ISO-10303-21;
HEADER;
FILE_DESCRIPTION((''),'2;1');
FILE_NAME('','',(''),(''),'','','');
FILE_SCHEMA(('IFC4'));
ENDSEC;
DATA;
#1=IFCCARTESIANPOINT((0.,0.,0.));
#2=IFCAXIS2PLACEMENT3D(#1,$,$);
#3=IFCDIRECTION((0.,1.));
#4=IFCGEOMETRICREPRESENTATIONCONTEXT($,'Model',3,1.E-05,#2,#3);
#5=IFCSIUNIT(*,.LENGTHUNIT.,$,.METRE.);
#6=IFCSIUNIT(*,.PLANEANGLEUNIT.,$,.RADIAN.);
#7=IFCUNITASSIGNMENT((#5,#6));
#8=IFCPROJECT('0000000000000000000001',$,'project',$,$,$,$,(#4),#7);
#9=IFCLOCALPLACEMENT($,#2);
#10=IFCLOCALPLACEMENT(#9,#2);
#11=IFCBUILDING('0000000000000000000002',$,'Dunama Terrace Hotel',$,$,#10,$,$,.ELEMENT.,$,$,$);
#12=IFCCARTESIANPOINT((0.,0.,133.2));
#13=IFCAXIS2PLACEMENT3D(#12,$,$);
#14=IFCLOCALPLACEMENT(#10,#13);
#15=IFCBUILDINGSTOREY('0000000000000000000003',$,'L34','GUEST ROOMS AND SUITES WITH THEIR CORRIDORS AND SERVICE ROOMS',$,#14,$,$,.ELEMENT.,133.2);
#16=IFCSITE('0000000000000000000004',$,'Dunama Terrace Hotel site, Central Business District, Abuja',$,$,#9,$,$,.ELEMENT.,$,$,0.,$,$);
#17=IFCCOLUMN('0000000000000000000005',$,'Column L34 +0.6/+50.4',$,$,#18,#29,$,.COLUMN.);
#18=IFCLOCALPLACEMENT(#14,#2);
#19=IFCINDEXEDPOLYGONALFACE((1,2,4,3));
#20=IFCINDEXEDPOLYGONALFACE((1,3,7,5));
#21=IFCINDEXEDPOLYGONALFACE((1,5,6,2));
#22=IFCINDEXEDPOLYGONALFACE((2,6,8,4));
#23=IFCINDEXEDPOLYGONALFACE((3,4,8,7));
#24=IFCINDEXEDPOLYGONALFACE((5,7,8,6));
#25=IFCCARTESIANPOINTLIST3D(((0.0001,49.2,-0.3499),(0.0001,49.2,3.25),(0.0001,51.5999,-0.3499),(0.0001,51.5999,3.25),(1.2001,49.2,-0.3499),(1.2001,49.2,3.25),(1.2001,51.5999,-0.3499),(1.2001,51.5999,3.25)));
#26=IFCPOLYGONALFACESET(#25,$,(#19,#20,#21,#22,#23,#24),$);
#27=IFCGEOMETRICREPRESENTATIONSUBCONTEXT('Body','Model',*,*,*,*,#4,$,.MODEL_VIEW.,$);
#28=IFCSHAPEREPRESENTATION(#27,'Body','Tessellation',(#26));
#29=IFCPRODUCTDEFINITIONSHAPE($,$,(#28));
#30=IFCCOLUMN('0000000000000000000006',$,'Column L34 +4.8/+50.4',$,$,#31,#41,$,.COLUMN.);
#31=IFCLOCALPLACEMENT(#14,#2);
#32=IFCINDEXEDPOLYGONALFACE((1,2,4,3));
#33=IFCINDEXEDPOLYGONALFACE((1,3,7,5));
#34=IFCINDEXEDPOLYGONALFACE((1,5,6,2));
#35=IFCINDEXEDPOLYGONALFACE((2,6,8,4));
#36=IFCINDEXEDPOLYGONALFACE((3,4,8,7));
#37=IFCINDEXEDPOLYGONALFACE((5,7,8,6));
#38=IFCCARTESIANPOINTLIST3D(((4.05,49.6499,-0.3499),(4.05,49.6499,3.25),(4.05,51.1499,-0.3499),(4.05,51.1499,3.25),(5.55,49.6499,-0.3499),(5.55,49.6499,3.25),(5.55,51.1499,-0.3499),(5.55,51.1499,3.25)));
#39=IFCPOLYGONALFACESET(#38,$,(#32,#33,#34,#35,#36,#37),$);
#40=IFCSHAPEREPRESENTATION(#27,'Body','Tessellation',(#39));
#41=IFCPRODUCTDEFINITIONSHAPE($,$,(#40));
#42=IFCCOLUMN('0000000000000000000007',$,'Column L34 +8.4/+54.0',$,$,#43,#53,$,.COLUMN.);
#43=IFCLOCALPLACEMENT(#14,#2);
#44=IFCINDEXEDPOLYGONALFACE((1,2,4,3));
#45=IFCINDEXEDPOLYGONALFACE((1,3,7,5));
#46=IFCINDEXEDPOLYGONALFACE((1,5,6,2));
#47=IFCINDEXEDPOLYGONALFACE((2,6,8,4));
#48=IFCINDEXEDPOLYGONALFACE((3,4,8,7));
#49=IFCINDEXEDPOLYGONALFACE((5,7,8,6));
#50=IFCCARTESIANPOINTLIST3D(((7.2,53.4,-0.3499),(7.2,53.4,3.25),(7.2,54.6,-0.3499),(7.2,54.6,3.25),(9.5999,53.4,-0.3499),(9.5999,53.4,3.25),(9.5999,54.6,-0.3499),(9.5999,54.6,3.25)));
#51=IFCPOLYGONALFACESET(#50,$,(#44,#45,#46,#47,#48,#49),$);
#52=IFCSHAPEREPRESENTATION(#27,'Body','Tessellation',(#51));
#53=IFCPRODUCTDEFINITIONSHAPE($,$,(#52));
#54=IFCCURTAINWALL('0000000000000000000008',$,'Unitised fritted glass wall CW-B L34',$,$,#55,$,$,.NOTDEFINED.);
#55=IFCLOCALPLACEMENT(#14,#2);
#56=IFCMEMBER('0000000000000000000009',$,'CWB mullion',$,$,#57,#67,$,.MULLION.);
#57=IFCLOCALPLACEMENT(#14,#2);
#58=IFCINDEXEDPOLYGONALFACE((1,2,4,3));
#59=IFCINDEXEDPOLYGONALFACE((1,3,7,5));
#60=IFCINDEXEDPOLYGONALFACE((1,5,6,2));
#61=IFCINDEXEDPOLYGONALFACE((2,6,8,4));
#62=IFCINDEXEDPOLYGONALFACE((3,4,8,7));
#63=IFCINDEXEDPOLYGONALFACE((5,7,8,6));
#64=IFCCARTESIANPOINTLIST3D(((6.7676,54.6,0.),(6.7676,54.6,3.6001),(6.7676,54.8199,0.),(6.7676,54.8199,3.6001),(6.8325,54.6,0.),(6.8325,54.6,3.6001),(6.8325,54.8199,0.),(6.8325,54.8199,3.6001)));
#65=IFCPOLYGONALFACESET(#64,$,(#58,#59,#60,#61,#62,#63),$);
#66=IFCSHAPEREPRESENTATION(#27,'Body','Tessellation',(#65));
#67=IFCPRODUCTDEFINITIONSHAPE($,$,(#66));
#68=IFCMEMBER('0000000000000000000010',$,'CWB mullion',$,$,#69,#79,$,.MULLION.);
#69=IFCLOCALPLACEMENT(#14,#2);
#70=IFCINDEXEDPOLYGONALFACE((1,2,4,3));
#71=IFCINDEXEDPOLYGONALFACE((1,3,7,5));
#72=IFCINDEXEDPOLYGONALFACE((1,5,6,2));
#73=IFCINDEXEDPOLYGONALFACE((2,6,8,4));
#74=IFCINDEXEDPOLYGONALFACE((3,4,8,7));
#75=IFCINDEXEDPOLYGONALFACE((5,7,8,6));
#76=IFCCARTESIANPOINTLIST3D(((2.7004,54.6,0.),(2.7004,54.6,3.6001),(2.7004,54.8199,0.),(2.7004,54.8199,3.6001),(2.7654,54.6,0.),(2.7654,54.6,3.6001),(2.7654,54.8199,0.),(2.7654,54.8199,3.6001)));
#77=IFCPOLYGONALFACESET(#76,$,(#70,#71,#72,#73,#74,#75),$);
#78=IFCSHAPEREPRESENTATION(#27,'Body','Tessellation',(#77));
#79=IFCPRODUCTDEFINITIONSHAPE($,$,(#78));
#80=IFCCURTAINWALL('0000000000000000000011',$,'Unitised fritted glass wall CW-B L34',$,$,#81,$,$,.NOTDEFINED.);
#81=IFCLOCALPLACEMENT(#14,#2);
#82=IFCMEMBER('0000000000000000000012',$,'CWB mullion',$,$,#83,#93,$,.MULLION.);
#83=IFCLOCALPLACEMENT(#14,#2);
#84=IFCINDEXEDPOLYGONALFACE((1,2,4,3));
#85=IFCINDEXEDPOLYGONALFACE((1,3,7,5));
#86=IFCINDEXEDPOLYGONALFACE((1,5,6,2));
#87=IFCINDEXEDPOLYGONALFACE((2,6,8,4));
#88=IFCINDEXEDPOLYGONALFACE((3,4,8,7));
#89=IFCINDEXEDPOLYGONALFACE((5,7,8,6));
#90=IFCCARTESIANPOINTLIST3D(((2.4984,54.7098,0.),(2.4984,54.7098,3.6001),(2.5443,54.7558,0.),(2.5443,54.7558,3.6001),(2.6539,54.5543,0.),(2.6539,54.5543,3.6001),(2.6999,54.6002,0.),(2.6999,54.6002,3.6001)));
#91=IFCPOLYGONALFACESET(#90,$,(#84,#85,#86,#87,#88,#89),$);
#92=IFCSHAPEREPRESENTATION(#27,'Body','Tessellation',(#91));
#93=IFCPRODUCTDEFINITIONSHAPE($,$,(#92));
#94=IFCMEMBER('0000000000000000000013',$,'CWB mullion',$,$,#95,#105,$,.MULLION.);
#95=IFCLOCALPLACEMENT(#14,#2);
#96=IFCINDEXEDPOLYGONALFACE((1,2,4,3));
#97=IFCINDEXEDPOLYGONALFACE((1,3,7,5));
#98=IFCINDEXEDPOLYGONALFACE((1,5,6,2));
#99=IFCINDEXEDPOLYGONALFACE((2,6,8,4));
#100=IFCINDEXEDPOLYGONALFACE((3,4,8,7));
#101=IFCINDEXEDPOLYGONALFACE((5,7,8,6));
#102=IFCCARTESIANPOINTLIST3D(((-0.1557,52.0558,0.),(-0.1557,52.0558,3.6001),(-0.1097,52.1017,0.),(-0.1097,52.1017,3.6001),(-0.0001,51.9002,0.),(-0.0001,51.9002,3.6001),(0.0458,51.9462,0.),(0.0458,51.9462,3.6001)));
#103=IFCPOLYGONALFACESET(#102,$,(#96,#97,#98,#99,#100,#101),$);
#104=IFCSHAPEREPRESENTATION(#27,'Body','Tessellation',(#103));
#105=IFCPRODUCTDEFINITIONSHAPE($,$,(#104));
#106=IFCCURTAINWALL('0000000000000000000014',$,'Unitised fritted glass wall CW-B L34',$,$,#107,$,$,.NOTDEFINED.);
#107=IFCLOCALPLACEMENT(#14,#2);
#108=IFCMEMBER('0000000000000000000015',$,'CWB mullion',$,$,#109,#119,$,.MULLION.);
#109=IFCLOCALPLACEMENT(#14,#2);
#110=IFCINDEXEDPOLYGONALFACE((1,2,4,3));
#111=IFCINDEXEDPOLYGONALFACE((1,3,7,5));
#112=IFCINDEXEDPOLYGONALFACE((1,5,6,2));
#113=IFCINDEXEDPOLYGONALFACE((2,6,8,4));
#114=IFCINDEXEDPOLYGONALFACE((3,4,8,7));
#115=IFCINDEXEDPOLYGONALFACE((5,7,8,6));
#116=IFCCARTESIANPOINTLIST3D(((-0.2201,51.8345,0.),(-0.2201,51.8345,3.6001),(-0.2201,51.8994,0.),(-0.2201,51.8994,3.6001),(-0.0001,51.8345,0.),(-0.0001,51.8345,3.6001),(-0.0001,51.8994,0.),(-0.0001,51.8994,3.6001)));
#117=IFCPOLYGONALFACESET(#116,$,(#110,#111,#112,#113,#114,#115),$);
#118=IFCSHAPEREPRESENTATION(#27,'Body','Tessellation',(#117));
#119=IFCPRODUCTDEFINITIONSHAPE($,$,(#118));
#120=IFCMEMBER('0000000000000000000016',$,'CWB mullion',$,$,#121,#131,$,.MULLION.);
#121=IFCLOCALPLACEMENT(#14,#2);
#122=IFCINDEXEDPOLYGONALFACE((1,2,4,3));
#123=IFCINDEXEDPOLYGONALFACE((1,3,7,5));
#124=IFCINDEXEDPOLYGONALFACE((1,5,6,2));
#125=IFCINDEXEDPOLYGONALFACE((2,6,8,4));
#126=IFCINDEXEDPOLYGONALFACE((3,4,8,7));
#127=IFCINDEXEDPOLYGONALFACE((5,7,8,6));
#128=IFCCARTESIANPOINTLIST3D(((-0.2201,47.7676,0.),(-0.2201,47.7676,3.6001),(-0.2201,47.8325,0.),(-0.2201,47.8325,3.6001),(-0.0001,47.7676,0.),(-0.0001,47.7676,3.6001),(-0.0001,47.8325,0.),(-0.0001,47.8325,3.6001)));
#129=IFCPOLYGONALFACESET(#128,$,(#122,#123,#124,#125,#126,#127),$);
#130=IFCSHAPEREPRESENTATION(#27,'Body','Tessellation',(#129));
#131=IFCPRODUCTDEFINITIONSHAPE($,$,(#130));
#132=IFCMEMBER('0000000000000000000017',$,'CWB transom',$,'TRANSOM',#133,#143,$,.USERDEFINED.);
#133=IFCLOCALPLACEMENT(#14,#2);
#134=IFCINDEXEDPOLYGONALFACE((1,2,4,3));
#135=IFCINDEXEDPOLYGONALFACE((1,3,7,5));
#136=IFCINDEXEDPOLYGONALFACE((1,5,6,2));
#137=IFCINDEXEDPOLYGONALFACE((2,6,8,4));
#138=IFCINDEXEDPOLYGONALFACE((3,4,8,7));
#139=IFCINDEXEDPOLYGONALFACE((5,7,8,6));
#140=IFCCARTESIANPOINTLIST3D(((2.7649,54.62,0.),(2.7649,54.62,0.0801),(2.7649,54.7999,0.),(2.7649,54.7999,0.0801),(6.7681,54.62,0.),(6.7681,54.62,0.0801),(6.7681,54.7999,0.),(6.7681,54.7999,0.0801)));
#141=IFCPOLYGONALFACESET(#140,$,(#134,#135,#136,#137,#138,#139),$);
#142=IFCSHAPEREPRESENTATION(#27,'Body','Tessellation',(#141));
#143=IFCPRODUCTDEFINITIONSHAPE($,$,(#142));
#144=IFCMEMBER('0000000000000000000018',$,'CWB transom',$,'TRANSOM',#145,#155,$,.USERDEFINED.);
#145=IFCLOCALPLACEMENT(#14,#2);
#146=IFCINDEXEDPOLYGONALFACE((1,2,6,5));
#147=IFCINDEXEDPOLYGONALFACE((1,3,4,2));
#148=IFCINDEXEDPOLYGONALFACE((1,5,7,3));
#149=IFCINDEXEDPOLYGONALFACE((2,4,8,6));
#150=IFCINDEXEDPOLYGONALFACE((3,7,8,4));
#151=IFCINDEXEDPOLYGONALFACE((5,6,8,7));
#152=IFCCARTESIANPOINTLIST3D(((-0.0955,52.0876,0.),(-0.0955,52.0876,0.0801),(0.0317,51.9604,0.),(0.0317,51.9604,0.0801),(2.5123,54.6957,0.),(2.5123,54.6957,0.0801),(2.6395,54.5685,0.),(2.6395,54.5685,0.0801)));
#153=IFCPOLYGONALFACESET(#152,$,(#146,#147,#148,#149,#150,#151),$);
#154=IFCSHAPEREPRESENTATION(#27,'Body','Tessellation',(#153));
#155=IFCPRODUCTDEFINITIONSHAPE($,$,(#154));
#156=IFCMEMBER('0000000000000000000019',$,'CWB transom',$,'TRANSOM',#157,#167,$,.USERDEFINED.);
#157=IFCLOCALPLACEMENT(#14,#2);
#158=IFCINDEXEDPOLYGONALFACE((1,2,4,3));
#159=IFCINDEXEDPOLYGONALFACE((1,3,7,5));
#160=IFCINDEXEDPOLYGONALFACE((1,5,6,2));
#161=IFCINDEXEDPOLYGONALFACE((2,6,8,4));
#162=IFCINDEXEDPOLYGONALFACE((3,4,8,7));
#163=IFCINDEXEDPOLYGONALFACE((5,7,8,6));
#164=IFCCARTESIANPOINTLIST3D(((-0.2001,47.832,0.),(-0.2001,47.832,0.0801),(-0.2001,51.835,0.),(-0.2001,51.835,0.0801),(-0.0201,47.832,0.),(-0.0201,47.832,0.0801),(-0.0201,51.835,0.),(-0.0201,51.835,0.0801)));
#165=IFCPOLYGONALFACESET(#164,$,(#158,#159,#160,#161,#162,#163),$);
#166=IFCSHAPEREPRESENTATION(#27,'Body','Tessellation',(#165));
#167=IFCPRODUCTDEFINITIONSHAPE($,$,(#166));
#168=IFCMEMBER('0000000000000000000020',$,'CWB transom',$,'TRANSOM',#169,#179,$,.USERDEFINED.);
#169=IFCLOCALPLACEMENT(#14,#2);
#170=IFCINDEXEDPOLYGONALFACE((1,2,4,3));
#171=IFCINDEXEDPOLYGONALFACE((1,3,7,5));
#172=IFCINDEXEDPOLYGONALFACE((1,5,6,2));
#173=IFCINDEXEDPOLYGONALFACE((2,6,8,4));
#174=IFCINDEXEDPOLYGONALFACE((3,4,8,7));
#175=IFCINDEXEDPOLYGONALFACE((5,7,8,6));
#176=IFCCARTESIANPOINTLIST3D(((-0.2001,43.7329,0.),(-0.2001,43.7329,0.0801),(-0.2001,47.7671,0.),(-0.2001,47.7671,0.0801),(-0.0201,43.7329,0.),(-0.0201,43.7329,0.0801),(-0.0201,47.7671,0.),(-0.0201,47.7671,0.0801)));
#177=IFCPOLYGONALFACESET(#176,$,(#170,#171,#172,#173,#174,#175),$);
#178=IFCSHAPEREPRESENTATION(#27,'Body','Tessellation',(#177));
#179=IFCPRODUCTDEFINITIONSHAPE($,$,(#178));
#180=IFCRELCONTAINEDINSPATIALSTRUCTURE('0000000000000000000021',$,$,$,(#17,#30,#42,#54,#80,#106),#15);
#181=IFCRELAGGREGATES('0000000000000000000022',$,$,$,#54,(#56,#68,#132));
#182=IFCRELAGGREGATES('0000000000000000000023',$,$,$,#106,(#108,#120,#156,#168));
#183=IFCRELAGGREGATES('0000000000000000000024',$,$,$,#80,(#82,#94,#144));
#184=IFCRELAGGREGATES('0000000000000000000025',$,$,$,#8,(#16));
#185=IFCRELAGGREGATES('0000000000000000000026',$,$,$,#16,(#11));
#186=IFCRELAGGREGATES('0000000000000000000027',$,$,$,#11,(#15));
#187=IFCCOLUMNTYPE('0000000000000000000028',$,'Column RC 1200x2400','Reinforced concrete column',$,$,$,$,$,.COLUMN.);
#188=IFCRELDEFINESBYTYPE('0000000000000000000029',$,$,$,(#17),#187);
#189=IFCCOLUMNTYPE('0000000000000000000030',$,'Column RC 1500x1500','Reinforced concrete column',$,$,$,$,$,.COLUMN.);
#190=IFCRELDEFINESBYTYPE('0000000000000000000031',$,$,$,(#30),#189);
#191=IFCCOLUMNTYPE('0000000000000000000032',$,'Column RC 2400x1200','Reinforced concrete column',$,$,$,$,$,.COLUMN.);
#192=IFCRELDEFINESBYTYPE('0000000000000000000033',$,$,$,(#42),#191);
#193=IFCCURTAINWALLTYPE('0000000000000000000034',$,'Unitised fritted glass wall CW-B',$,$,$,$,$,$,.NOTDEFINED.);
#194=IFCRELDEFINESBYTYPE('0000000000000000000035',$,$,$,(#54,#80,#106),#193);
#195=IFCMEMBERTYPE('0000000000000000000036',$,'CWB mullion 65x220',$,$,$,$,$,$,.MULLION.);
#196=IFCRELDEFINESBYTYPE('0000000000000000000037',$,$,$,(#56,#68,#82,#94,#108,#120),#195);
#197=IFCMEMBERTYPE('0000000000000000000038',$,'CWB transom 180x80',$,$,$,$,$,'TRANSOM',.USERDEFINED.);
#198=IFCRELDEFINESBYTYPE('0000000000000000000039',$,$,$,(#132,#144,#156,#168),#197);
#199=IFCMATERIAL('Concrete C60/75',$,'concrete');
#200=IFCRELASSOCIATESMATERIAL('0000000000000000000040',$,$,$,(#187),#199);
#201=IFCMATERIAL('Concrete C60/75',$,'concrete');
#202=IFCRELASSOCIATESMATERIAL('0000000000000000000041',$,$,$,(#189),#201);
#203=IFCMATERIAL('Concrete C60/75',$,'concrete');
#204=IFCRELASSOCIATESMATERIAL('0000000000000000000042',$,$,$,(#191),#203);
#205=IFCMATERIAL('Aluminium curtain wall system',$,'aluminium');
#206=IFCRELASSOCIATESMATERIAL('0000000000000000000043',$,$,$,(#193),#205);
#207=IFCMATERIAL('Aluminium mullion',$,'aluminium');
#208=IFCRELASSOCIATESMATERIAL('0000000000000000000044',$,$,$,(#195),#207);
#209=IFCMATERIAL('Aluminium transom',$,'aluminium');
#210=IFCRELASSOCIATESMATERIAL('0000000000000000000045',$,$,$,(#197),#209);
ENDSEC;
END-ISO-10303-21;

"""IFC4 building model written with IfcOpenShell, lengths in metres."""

from ifc_helpers import new_model, si_unit, direction, frame, origin, origin_2d, place, context, subcontext, project, spatial, rectangle, extrude, material, material_profile, profile_set, type_object, element, aggregate, save


model = new_model("IFC4")

# Units and contexts
model_context = context("Model", 3, precision=1e-05, world=origin(), true_north=direction((0.0, 1.0)))
body_context = subcontext(model_context, "Body", "Model", "MODEL_VIEW")
ifc_project = project(units=[si_unit("LENGTHUNIT", "METRE"), si_unit("PLANEANGLEUNIT", "RADIAN")], contexts=[model_context])

# Site, building, storey
site_placement = place(None, origin())
site = spatial("IfcSite", under=ifc_project, at=site_placement, Name="Dunama Terrace Hotel site, Central Business District, Abuja", CompositionType="ELEMENT", RefElevation=0.0)
building_placement = place(site_placement, origin())
building = spatial("IfcBuilding", under=site, at=building_placement, Name="Dunama Terrace Hotel", CompositionType="ELEMENT")
storey_placement = place(building_placement, frame((0.0, 0.0, 133.2)))
storey = spatial("IfcBuildingStorey", under=building, at=storey_placement, Name="L34", Description="GUEST ROOMS AND SUITES WITH THEIR CORRIDORS AND SERVICE ROOMS", CompositionType="ELEMENT", Elevation=133.2)

# Columns
ifc_material_1 = material(Name="Concrete C60/75", Category="concrete")
ifc_material_profile_1 = material_profile(ifc_material_1, rectangle(XDim=1.2, YDim=2.3999, at=origin_2d()), Name="RC 1200x2400")
ifc_profile_set_1 = profile_set([ifc_material_profile_1], Name="Concrete C60/75")
column_type_1 = type_object("IfcColumnType", Name="Column RC 1200x2400", Description="Reinforced concrete column", PredefinedType="COLUMN", material=ifc_profile_set_1)
column_1_placement = place(storey_placement, frame((0.6001, 50.3999, -0.3499), z_axis=(0.0, 0.0, 1.0), x_axis=(1.0, 0.0, 0.0)))
element("IfcColumn", 1, at=column_1_placement, inside=storey, type_object=column_type_1, Name="Column L34 +0.6/+50.4", PredefinedType="COLUMN", context=body_context, shape_type="SweptSolid", body=[
    extrude(rectangle(XDim=1.2, YDim=2.3999, at=origin_2d()), origin(), (0.0, 0.0, 1.0), 3.5999),
])
ifc_material_2 = material(Name="Concrete C60/75", Category="concrete")
ifc_material_profile_2 = material_profile(ifc_material_2, rectangle(XDim=1.5, YDim=1.5, at=origin_2d()), Name="RC 1500x1500")
ifc_profile_set_2 = profile_set([ifc_material_profile_2], Name="Concrete C60/75")
column_type_2 = type_object("IfcColumnType", Name="Column RC 1500x1500", Description="Reinforced concrete column", PredefinedType="COLUMN", material=ifc_profile_set_2)
column_2_placement = place(storey_placement, frame((4.8, 50.3999, -0.3499), z_axis=(0.0, 0.0, 1.0), x_axis=(1.0, 0.0, 0.0)))
element("IfcColumn", 2, at=column_2_placement, inside=storey, type_object=column_type_2, Name="Column L34 +4.8/+50.4", PredefinedType="COLUMN", context=body_context, shape_type="SweptSolid", body=[
    extrude(rectangle(XDim=1.5, YDim=1.5, at=origin_2d()), origin(), (0.0, 0.0, 1.0), 3.5999),
])
ifc_material_3 = material(Name="Concrete C60/75", Category="concrete")
ifc_material_profile_3 = material_profile(ifc_material_3, rectangle(XDim=2.3999, YDim=1.2, at=origin_2d()), Name="RC 2400x1200")
ifc_profile_set_3 = profile_set([ifc_material_profile_3], Name="Concrete C60/75")
column_type_3 = type_object("IfcColumnType", Name="Column RC 2400x1200", Description="Reinforced concrete column", PredefinedType="COLUMN", material=ifc_profile_set_3)
column_3_placement = place(storey_placement, frame((8.3999, 54.0, -0.3499), z_axis=(0.0, 0.0, 1.0), x_axis=(1.0, 0.0, 0.0)))
element("IfcColumn", 3, at=column_3_placement, inside=storey, type_object=column_type_3, Name="Column L34 +8.4/+54.0", PredefinedType="COLUMN", context=body_context, shape_type="SweptSolid", body=[
    extrude(rectangle(XDim=2.3999, YDim=1.2, at=origin_2d()), origin(), (0.0, 0.0, 1.0), 3.5999),
])

# Curtain walls, members
ifc_material_4 = material(Name="Aluminium curtain wall system", Category="aluminium")
curtain_wall_type = type_object("IfcCurtainWallType", Name="Unitised fritted glass wall CW-B", PredefinedType="NOTDEFINED", material=ifc_material_4)
curtain_wall_1_placement = place(storey_placement, origin())
curtain_wall_1 = element("IfcCurtainWall", 4, at=curtain_wall_1_placement, inside=storey, type_object=curtain_wall_type, Name="Unitised fritted glass wall CW-B L34", PredefinedType="NOTDEFINED")
ifc_material_5 = material(Name="Aluminium mullion", Category="aluminium")
ifc_material_profile_4 = material_profile(ifc_material_5, rectangle(XDim=0.0649, YDim=0.22, at=origin_2d()), Name="CWB MULLION 65X220")
ifc_profile_set_4 = profile_set([ifc_material_profile_4], Name="Aluminium mullion")
member_type_1 = type_object("IfcMemberType", Name="CWB mullion 65x220", PredefinedType="MULLION", material=ifc_profile_set_4)
member_1_placement = place(storey_placement, frame((6.8, 54.71, 0.0), z_axis=(0.0, 0.0, 1.0), x_axis=(-1.0, 0.0, 0.0)))
member_1 = element("IfcMember", 5, at=member_1_placement, type_object=member_type_1, Name="CWB mullion", PredefinedType="MULLION", context=body_context, shape_type="SweptSolid", body=[
    extrude(rectangle(XDim=0.0649, YDim=0.22, at=origin_2d()), origin(), (0.0, 0.0, 1.0), 3.6001),
])
member_2_placement = place(storey_placement, frame((2.7329, 54.71, 0.0), z_axis=(0.0, 0.0, 1.0), x_axis=(-1.0, 0.0, 0.0)))
member_2 = element("IfcMember", 6, at=member_2_placement, type_object=member_type_1, Name="CWB mullion", PredefinedType="MULLION", context=body_context, shape_type="SweptSolid", body=[
    extrude(rectangle(XDim=0.0649, YDim=0.22, at=origin_2d()), origin(), (0.0, 0.0, 1.0), 3.6001),
])
curtain_wall_2_placement = place(storey_placement, origin())
curtain_wall_2 = element("IfcCurtainWall", 7, at=curtain_wall_2_placement, inside=storey, type_object=curtain_wall_type, Name="Unitised fritted glass wall CW-B L34", PredefinedType="NOTDEFINED")
member_3_placement = place(storey_placement, frame((2.5991, 54.655, 0.0), z_axis=(0.0, 0.0, 1.0), x_axis=(-0.707107, -0.707107, 0.0)))
member_3 = element("IfcMember", 8, at=member_3_placement, type_object=member_type_1, Name="CWB mullion", PredefinedType="MULLION", context=body_context, shape_type="SweptSolid", body=[
    extrude(rectangle(XDim=0.0649, YDim=0.22, at=origin_2d()), origin(), (0.0, 0.0, 1.0), 3.6001),
])
member_4_placement = place(storey_placement, frame((-0.0549, 52.001, 0.0), z_axis=(0.0, 0.0, 1.0), x_axis=(-0.707107, -0.707107, 0.0)))
member_4 = element("IfcMember", 9, at=member_4_placement, type_object=member_type_1, Name="CWB mullion", PredefinedType="MULLION", context=body_context, shape_type="SweptSolid", body=[
    extrude(rectangle(XDim=0.0649, YDim=0.22, at=origin_2d()), origin(), (0.0, 0.0, 1.0), 3.6001),
])
curtain_wall_3_placement = place(storey_placement, origin())
curtain_wall_3 = element("IfcCurtainWall", 10, at=curtain_wall_3_placement, inside=storey, type_object=curtain_wall_type, Name="Unitised fritted glass wall CW-B L34", PredefinedType="NOTDEFINED")
member_5_placement = place(storey_placement, frame((-0.1101, 51.8669, 0.0), z_axis=(0.0, 0.0, 1.0), x_axis=(0.0, -1.0, 0.0)))
member_5 = element("IfcMember", 11, at=member_5_placement, type_object=member_type_1, Name="CWB mullion", PredefinedType="MULLION", context=body_context, shape_type="SweptSolid", body=[
    extrude(rectangle(XDim=0.0649, YDim=0.22, at=origin_2d()), origin(), (0.0, 0.0, 1.0), 3.6001),
])
member_6_placement = place(storey_placement, frame((-0.1101, 47.8, 0.0), z_axis=(0.0, 0.0, 1.0), x_axis=(0.0, -1.0, 0.0)))
member_6 = element("IfcMember", 12, at=member_6_placement, type_object=member_type_1, Name="CWB mullion", PredefinedType="MULLION", context=body_context, shape_type="SweptSolid", body=[
    extrude(rectangle(XDim=0.0649, YDim=0.22, at=origin_2d()), origin(), (0.0, 0.0, 1.0), 3.6001),
])

# Members
ifc_material_6 = material(Name="Aluminium transom", Category="aluminium")
ifc_material_profile_5 = material_profile(ifc_material_6, rectangle(XDim=0.1799, YDim=0.0801, at=origin_2d()), Name="CWB TRANSOM 180X80")
ifc_profile_set_5 = profile_set([ifc_material_profile_5], Name="Aluminium transom")
member_type_2 = type_object("IfcMemberType", Name="CWB transom 180x80", ElementType="TRANSOM", PredefinedType="USERDEFINED", material=ifc_profile_set_5)
member_7_placement = place(storey_placement, frame((6.7681, 54.71, 0.04), z_axis=(-1.0, 0.0, 0.0), x_axis=(0.0, -1.0, 0.0)))
member_7 = element("IfcMember", 13, at=member_7_placement, type_object=member_type_2, Name="CWB transom", ObjectType="TRANSOM", PredefinedType="USERDEFINED", context=body_context, shape_type="SweptSolid", body=[
    extrude(rectangle(XDim=0.1799, YDim=0.0801, at=origin_2d()), origin(), (0.0, 0.0, 1.0), 4.0032),
])
member_8_placement = place(storey_placement, frame((2.5759, 54.6321, 0.04), z_axis=(-0.707074, -0.70714, 0.0), x_axis=(0.70714, -0.707074, 0.0)))
member_8 = element("IfcMember", 14, at=member_8_placement, type_object=member_type_2, Name="CWB transom", ObjectType="TRANSOM", PredefinedType="USERDEFINED", context=body_context, shape_type="SweptSolid", body=[
    extrude(rectangle(XDim=0.1799, YDim=0.0801, at=origin_2d()), origin(), (0.0, 0.0, 1.0), 3.6882),
])
member_9_placement = place(storey_placement, frame((-0.1101, 51.835, 0.04), z_axis=(0.0, -1.0, 0.0), x_axis=(1.0, 0.0, 0.0)))
member_9 = element("IfcMember", 15, at=member_9_placement, type_object=member_type_2, Name="CWB transom", ObjectType="TRANSOM", PredefinedType="USERDEFINED", context=body_context, shape_type="SweptSolid", body=[
    extrude(rectangle(XDim=0.1799, YDim=0.0801, at=origin_2d()), origin(), (0.0, 0.0, 1.0), 4.0029),
])
member_10_placement = place(storey_placement, frame((-0.1101, 47.7671, 0.04), z_axis=(0.0, -1.0, 0.0), x_axis=(1.0, 0.0, 0.0)))
member_10 = element("IfcMember", 16, at=member_10_placement, type_object=member_type_2, Name="CWB transom", ObjectType="TRANSOM", PredefinedType="USERDEFINED", context=body_context, shape_type="SweptSolid", body=[
    extrude(rectangle(XDim=0.1799, YDim=0.0801, at=origin_2d()), origin(), (0.0, 0.0, 1.0), 4.0342),
])

aggregate(curtain_wall_1, [member_1, member_2, member_7])
aggregate(curtain_wall_3, [member_5, member_6, member_9, member_10])
aggregate(curtain_wall_2, [member_3, member_4, member_8])

save(model, "model.ifc")
